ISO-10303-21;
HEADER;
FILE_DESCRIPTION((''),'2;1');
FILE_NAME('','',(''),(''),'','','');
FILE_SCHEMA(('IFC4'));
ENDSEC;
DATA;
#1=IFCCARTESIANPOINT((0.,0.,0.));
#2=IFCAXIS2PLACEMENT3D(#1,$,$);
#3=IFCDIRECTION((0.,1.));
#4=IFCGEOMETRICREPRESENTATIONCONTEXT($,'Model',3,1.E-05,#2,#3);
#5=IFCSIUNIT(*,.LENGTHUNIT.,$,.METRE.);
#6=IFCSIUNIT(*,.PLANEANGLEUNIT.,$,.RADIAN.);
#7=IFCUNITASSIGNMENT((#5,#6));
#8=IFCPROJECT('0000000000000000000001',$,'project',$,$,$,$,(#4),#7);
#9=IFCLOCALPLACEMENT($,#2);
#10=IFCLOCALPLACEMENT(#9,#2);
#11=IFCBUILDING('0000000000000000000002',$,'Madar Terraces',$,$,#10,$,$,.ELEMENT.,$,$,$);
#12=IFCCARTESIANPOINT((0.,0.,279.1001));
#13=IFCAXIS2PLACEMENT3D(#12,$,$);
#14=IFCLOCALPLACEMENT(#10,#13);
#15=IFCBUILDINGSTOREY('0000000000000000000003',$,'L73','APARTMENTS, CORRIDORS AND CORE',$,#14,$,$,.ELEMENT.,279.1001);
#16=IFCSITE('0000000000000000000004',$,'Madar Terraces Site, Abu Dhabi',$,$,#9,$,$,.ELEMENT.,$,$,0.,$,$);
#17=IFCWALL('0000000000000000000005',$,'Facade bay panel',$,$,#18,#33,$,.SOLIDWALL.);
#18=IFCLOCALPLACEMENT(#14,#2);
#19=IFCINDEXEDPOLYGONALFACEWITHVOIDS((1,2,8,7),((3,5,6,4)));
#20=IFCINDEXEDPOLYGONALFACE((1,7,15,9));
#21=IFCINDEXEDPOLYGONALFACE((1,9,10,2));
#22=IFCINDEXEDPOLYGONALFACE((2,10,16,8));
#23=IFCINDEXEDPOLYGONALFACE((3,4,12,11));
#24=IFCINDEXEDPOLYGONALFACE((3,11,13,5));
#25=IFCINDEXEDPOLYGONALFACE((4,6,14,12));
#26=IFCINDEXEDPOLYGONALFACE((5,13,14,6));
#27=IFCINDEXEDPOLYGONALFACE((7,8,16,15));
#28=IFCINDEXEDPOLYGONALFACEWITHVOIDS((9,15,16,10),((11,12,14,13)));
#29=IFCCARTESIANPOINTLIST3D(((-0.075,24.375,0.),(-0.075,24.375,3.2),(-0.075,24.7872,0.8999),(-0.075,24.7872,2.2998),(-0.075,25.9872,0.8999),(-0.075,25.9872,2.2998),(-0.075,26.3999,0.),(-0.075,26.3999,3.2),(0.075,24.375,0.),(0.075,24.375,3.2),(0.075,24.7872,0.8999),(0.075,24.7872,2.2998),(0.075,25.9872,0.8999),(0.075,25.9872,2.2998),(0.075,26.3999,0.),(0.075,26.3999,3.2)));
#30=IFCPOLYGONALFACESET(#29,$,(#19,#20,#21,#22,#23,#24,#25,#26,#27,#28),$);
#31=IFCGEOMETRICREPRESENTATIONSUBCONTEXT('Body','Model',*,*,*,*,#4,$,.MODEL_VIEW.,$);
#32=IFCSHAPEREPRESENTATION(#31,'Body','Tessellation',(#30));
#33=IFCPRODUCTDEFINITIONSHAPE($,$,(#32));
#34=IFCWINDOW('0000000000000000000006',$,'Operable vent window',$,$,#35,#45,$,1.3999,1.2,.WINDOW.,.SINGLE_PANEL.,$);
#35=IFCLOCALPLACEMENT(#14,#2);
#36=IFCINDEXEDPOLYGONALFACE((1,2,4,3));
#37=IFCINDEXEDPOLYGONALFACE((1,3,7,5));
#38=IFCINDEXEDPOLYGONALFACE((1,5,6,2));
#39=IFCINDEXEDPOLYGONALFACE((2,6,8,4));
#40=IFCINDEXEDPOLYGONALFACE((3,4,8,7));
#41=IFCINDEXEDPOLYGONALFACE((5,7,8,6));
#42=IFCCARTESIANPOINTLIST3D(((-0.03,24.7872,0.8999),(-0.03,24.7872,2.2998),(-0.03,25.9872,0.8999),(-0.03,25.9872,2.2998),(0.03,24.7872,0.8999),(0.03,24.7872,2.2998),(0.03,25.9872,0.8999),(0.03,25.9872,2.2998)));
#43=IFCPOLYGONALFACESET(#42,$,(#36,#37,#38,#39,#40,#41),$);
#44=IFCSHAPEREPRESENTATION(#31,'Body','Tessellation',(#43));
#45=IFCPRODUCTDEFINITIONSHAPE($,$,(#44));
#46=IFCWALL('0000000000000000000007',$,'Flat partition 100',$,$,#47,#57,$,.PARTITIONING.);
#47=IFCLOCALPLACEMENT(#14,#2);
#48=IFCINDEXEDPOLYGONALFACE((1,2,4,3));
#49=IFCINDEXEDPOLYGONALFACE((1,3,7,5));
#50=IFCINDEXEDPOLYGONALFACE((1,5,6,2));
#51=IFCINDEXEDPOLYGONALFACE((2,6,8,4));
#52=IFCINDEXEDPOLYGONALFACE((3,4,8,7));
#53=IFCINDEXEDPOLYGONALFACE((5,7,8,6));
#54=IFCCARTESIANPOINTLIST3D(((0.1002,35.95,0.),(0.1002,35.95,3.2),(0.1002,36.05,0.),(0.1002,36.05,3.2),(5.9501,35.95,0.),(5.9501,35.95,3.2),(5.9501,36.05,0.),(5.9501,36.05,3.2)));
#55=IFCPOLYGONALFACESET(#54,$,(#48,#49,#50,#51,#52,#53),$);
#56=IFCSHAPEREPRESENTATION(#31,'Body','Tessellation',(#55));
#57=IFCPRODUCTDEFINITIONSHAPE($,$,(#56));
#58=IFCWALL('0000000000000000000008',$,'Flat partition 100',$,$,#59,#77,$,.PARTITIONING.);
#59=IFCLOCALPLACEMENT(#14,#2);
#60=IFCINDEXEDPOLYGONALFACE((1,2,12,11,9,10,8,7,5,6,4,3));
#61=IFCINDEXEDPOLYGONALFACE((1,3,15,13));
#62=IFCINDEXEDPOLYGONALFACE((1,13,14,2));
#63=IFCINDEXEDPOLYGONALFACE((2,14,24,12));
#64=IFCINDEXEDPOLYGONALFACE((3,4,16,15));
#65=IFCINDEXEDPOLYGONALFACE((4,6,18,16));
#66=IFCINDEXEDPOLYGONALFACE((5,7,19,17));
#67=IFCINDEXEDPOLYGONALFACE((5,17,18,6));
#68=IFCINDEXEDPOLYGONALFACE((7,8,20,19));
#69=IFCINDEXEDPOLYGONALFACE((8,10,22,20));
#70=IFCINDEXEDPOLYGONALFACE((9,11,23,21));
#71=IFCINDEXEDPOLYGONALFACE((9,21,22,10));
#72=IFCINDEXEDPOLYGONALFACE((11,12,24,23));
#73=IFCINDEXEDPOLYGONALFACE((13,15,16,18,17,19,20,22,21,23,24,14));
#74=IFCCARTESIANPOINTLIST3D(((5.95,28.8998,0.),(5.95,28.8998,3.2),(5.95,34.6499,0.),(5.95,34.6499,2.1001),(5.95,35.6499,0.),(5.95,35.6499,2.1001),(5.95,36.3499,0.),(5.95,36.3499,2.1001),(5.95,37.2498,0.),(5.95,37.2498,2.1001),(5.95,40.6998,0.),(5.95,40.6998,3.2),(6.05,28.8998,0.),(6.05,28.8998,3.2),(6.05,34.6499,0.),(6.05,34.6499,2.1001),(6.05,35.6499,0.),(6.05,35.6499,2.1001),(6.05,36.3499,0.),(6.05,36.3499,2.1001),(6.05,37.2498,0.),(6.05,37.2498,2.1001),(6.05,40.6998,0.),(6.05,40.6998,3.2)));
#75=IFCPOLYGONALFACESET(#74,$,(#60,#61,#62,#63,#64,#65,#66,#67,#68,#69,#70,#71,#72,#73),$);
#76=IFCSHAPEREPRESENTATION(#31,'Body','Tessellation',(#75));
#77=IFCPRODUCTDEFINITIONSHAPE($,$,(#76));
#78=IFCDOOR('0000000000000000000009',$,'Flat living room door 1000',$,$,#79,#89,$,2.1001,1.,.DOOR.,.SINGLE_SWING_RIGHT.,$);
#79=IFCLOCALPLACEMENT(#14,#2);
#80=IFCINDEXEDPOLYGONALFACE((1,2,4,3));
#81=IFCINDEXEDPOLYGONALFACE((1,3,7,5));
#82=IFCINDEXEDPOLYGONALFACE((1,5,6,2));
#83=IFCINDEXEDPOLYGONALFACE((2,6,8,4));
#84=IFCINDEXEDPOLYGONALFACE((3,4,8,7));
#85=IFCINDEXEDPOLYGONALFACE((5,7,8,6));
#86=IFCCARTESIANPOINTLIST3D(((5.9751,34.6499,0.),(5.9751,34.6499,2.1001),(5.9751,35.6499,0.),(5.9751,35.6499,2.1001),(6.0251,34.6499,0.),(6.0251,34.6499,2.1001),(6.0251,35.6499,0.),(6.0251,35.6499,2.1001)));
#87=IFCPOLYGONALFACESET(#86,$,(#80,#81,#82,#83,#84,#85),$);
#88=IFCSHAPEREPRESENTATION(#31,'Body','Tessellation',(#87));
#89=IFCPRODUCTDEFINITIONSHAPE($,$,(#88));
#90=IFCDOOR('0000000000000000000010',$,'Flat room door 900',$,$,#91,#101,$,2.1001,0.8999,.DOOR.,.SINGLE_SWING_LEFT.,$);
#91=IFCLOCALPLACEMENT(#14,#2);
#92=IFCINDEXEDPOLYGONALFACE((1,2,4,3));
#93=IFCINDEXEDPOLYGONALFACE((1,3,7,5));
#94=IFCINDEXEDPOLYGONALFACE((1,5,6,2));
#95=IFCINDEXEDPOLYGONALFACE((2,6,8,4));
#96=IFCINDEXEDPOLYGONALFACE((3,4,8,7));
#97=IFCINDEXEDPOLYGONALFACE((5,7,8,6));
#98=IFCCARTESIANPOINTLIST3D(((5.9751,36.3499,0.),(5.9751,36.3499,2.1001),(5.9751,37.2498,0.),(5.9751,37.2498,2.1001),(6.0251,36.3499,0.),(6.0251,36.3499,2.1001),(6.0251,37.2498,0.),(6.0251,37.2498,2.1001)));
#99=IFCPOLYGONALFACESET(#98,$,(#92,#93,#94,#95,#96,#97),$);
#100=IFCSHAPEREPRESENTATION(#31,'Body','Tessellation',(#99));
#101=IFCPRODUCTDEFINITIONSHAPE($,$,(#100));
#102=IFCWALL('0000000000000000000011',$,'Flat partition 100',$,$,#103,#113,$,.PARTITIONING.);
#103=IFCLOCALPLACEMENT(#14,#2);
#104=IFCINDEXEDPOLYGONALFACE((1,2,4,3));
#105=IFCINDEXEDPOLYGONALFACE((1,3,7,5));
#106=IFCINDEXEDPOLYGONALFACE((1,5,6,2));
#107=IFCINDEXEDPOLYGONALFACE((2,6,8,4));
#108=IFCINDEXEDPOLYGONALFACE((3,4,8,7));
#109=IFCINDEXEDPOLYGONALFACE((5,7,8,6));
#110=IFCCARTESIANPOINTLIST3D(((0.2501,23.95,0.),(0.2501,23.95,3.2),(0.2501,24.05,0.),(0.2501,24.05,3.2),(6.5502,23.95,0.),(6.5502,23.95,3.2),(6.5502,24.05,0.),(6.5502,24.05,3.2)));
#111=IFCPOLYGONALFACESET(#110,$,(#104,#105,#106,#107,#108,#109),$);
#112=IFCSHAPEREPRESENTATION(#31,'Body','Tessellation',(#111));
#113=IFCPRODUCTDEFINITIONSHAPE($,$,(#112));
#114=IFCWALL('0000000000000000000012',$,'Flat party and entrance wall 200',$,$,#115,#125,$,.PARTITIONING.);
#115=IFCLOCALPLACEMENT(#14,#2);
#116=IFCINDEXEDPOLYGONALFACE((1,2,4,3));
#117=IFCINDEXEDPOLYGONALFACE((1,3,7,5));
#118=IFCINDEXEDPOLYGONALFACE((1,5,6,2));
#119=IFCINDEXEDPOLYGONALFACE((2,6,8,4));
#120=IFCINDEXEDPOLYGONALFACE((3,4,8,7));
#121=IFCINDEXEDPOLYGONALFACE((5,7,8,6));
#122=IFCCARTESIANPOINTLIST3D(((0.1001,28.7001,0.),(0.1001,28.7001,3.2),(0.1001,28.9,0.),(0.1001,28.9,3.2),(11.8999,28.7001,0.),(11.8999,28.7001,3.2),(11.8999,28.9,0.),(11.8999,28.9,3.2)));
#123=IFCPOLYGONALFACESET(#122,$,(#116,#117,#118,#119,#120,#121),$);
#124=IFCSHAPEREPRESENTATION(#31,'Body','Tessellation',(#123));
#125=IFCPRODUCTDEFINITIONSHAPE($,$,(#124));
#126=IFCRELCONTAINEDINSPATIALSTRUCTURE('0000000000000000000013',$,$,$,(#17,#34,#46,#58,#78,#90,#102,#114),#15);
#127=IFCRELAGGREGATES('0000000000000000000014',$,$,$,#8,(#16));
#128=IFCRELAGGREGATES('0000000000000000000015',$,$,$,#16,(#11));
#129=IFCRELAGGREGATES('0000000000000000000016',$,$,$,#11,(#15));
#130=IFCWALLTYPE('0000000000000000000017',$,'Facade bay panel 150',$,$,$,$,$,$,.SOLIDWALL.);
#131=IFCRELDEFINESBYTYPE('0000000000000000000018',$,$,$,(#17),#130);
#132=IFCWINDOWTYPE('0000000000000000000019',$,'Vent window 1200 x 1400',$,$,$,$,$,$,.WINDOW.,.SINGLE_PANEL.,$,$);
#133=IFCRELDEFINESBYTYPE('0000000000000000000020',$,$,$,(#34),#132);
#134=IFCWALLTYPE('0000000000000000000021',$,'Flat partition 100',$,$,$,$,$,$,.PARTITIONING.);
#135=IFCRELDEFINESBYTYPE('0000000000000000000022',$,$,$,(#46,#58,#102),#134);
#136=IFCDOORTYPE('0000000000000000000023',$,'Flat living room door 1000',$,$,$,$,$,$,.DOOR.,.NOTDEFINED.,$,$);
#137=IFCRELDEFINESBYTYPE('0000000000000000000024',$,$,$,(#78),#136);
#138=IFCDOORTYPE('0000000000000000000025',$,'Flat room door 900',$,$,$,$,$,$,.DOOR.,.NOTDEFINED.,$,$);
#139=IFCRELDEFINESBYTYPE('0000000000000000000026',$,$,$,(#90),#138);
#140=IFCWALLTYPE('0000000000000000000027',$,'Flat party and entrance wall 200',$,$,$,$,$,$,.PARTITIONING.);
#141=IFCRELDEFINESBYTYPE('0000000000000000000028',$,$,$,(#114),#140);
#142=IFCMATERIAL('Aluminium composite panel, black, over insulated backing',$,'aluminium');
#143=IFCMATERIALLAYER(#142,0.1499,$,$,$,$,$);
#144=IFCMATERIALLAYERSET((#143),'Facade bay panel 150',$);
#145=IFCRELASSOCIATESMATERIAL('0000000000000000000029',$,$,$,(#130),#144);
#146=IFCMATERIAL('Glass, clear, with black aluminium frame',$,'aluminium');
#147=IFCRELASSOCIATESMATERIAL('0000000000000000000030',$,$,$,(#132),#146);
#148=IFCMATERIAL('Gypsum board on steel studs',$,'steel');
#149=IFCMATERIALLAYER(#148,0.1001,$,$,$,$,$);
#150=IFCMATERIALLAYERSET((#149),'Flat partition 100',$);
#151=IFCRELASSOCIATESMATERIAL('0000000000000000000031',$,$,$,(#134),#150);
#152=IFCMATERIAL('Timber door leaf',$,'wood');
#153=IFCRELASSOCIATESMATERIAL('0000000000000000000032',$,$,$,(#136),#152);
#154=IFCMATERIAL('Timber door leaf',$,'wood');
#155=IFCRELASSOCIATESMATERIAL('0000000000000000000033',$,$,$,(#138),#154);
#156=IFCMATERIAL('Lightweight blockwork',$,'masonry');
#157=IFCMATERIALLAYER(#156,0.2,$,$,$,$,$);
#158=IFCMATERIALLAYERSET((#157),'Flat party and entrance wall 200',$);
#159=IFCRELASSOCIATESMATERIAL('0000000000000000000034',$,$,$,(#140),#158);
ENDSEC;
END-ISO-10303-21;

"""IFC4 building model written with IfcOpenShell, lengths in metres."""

from ifc_helpers import new_model, si_unit, direction, frame, frame_2d, origin, place, context, subcontext, project, spatial, rectangle, extrude, material, layer, layer_set, type_object, element, fill, save


model = new_model("IFC4")

# Units and contexts
model_context = context("Model", 3, precision=1e-05, world=origin(), true_north=direction((0.0, 1.0)))
body_context = subcontext(model_context, "Body", "Model", "MODEL_VIEW")
ifc_project = project(units=[si_unit("LENGTHUNIT", "METRE"), si_unit("PLANEANGLEUNIT", "RADIAN")], contexts=[model_context])

# Site, building, storey
site_placement = place(None, origin())
site = spatial("IfcSite", under=ifc_project, at=site_placement, Name="Madar Terraces Site, Abu Dhabi", CompositionType="ELEMENT", RefElevation=0.0)
building_placement = place(site_placement, origin())
building = spatial("IfcBuilding", under=site, at=building_placement, Name="Madar Terraces", CompositionType="ELEMENT")
storey_placement = place(building_placement, frame((0.0, 0.0, 279.1001)))
storey = spatial("IfcBuildingStorey", under=building, at=storey_placement, Name="L73", Description="APARTMENTS, CORRIDORS AND CORE", CompositionType="ELEMENT", Elevation=279.1001)

# Wall, opening, window
ifc_material_1 = material(Name="Aluminium composite panel, black, over insulated backing", Category="aluminium")
ifc_layer_1 = layer(ifc_material_1, 0.1499)
ifc_layer_set_1 = layer_set([ifc_layer_1], Name="Facade bay panel 150")
wall_type_1 = type_object("IfcWallType", Name="Facade bay panel 150", PredefinedType="SOLIDWALL", material=ifc_layer_set_1)
wall_1_placement = place(storey_placement, frame((0.0, 26.3999, 0.0), z_axis=(0.0, 0.0, 1.0), x_axis=(0.0, -1.0, 0.0)))
wall_1 = element("IfcWall", 1, at=wall_1_placement, inside=storey, type_object=wall_type_1, Name="Facade bay panel", PredefinedType="SOLIDWALL", context=body_context, shape_type="SweptSolid", body=[
    extrude(rectangle(XDim=2.0249, YDim=0.1499, at=frame_2d((1.0125, 0.0))), origin(), (0.0, 0.0, 1.0), 3.2),
])
opening_1_placement = place(wall_1_placement, frame((0.4126, 0.0, 0.8999)))
opening_1 = element("IfcOpeningElement", 2, at=opening_1_placement, cuts=wall_1, PredefinedType="OPENING", context=body_context, shape_type="SweptSolid", body=[
    extrude(rectangle(XDim=1.2, YDim=1.3999, at=frame_2d((0.6001, 0.7))), frame((0.0, 0.085, 0.0), z_axis=(0.0, -1.0, 0.0), x_axis=(1.0, 0.0, 0.0)), (0.0, 0.0, 1.0), 0.1699),
])
ifc_material_2 = material(Name="Glass, clear, with black aluminium frame", Category="aluminium")
window_type = type_object("IfcWindowType", Name="Vent window 1200 x 1400", PartitioningType="SINGLE_PANEL", PredefinedType="WINDOW", material=ifc_material_2)
window_placement = place(opening_1_placement, origin())
window = element("IfcWindow", 3, at=window_placement, inside=storey, type_object=window_type, Name="Operable vent window", OverallHeight=1.3999, OverallWidth=1.2, PartitioningType="SINGLE_PANEL", PredefinedType="WINDOW", context=body_context, shape_type="SweptSolid", body=[
    extrude(rectangle(XDim=1.2, YDim=1.3999, at=frame_2d((0.6001, 0.7))), frame((0.0, 0.03, 0.0), z_axis=(0.0, -1.0, 0.0), x_axis=(1.0, 0.0, 0.0)), (0.0, 0.0, 1.0), 0.0601),
])
fill(opening_1, window)

# Wall
ifc_material_3 = material(Name="Gypsum board on steel studs", Category="steel")
ifc_layer_2 = layer(ifc_material_3, 0.1001)
ifc_layer_set_2 = layer_set([ifc_layer_2], Name="Flat partition 100")
wall_type_2 = type_object("IfcWallType", Name="Flat partition 100", PredefinedType="PARTITIONING", material=ifc_layer_set_2)
wall_2_placement = place(storey_placement, frame((5.95, 36.0, 0.0), z_axis=(0.0, 0.0, 1.0), x_axis=(-1.0, 0.0, 0.0)))
element("IfcWall", 4, at=wall_2_placement, inside=storey, type_object=wall_type_2, Name="Flat partition 100", PredefinedType="PARTITIONING", context=body_context, shape_type="SweptSolid", body=[
    extrude(rectangle(XDim=5.8499, YDim=0.1001, at=frame_2d((2.9248, 0.0))), origin(), (0.0, 0.0, 1.0), 3.2),
])

# Wall, openings, doors
wall_3_placement = place(storey_placement, frame((6.0, 28.8999, 0.0), z_axis=(0.0, 0.0, 1.0), x_axis=(0.0, 1.0, 0.0)))
wall_3 = element("IfcWall", 5, at=wall_3_placement, inside=storey, type_object=wall_type_2, Name="Flat partition 100", PredefinedType="PARTITIONING", context=body_context, shape_type="SweptSolid", body=[
    extrude(rectangle(XDim=11.8, YDim=0.1001, at=frame_2d((5.8999, 0.0))), origin(), (0.0, 0.0, 1.0), 3.2),
])
opening_2_placement = place(wall_3_placement, frame((5.75, 0.0, 0.0)))
opening_2 = element("IfcOpeningElement", 6, at=opening_2_placement, cuts=wall_3, PredefinedType="OPENING", context=body_context, shape_type="SweptSolid", body=[
    extrude(rectangle(XDim=1.0, YDim=2.1001, at=frame_2d((0.5, 1.05))), frame((0.0, 0.0601, 0.0), z_axis=(0.0, -1.0, 0.0), x_axis=(1.0, 0.0, 0.0)), (0.0, 0.0, 1.0), 0.1201),
])
opening_3_placement = place(wall_3_placement, frame((7.45, 0.0, 0.0)))
opening_3 = element("IfcOpeningElement", 7, at=opening_3_placement, cuts=wall_3, PredefinedType="OPENING", context=body_context, shape_type="SweptSolid", body=[
    extrude(rectangle(XDim=0.8999, YDim=2.1001, at=frame_2d((0.45, 1.05))), frame((0.0, 0.0601, 0.0), z_axis=(0.0, -1.0, 0.0), x_axis=(1.0, 0.0, 0.0)), (0.0, 0.0, 1.0), 0.1201),
])
ifc_material_4 = material(Name="Timber door leaf", Category="wood")
door_type_1 = type_object("IfcDoorType", Name="Flat living room door 1000", OperationType="NOTDEFINED", PredefinedType="DOOR", material=ifc_material_4)
door_1_placement = place(opening_2_placement, origin())
door_1 = element("IfcDoor", 8, at=door_1_placement, inside=storey, type_object=door_type_1, Name="Flat living room door 1000", OperationType="SINGLE_SWING_RIGHT", OverallHeight=2.1001, OverallWidth=1.0, PredefinedType="DOOR", context=body_context, shape_type="SweptSolid", body=[
    extrude(rectangle(XDim=1.0, YDim=2.1001, at=frame_2d((0.5, 1.05))), frame((0.0, 0.0249, 0.0), z_axis=(0.0, -1.0, 0.0), x_axis=(1.0, 0.0, 0.0)), (0.0, 0.0, 1.0), 0.05),
])
fill(opening_2, door_1)
ifc_material_5 = material(Name="Timber door leaf", Category="wood")
door_type_2 = type_object("IfcDoorType", Name="Flat room door 900", OperationType="NOTDEFINED", PredefinedType="DOOR", material=ifc_material_5)
door_2_placement = place(opening_3_placement, origin())
door_2 = element("IfcDoor", 9, at=door_2_placement, inside=storey, type_object=door_type_2, Name="Flat room door 900", OperationType="SINGLE_SWING_LEFT", OverallHeight=2.1001, OverallWidth=0.8999, PredefinedType="DOOR", context=body_context, shape_type="SweptSolid", body=[
    extrude(rectangle(XDim=0.8999, YDim=2.1001, at=frame_2d((0.45, 1.05))), frame((0.0, 0.0249, 0.0), z_axis=(0.0, -1.0, 0.0), x_axis=(1.0, 0.0, 0.0)), (0.0, 0.0, 1.0), 0.05),
])
fill(opening_3, door_2)

# Walls
wall_4_placement = place(storey_placement, frame((6.55, 24.0, 0.0), z_axis=(0.0, 0.0, 1.0), x_axis=(-1.0, 0.0, 0.0)))
element("IfcWall", 10, at=wall_4_placement, inside=storey, type_object=wall_type_2, Name="Flat partition 100", PredefinedType="PARTITIONING", context=body_context, shape_type="SweptSolid", body=[
    extrude(rectangle(XDim=6.3, YDim=0.1001, at=frame_2d((3.1499, 0.0))), origin(), (0.0, 0.0, 1.0), 3.2),
])
ifc_material_6 = material(Name="Lightweight blockwork", Category="masonry")
ifc_layer_3 = layer(ifc_material_6, 0.2)
ifc_layer_set_3 = layer_set([ifc_layer_3], Name="Flat party and entrance wall 200")
wall_type_3 = type_object("IfcWallType", Name="Flat party and entrance wall 200", PredefinedType="PARTITIONING", material=ifc_layer_set_3)
wall_5_placement = place(storey_placement, frame((0.1001, 28.8, 0.0), z_axis=(0.0, 0.0, 1.0), x_axis=(1.0, 0.0, 0.0)))
element("IfcWall", 11, at=wall_5_placement, inside=storey, type_object=wall_type_3, Name="Flat party and entrance wall 200", PredefinedType="PARTITIONING", context=body_context, shape_type="SweptSolid", body=[
    extrude(rectangle(XDim=11.7998, YDim=0.2, at=frame_2d((5.8999, 0.0))), origin(), (0.0, 0.0, 1.0), 3.2),
])

save(model, "model.ifc")
